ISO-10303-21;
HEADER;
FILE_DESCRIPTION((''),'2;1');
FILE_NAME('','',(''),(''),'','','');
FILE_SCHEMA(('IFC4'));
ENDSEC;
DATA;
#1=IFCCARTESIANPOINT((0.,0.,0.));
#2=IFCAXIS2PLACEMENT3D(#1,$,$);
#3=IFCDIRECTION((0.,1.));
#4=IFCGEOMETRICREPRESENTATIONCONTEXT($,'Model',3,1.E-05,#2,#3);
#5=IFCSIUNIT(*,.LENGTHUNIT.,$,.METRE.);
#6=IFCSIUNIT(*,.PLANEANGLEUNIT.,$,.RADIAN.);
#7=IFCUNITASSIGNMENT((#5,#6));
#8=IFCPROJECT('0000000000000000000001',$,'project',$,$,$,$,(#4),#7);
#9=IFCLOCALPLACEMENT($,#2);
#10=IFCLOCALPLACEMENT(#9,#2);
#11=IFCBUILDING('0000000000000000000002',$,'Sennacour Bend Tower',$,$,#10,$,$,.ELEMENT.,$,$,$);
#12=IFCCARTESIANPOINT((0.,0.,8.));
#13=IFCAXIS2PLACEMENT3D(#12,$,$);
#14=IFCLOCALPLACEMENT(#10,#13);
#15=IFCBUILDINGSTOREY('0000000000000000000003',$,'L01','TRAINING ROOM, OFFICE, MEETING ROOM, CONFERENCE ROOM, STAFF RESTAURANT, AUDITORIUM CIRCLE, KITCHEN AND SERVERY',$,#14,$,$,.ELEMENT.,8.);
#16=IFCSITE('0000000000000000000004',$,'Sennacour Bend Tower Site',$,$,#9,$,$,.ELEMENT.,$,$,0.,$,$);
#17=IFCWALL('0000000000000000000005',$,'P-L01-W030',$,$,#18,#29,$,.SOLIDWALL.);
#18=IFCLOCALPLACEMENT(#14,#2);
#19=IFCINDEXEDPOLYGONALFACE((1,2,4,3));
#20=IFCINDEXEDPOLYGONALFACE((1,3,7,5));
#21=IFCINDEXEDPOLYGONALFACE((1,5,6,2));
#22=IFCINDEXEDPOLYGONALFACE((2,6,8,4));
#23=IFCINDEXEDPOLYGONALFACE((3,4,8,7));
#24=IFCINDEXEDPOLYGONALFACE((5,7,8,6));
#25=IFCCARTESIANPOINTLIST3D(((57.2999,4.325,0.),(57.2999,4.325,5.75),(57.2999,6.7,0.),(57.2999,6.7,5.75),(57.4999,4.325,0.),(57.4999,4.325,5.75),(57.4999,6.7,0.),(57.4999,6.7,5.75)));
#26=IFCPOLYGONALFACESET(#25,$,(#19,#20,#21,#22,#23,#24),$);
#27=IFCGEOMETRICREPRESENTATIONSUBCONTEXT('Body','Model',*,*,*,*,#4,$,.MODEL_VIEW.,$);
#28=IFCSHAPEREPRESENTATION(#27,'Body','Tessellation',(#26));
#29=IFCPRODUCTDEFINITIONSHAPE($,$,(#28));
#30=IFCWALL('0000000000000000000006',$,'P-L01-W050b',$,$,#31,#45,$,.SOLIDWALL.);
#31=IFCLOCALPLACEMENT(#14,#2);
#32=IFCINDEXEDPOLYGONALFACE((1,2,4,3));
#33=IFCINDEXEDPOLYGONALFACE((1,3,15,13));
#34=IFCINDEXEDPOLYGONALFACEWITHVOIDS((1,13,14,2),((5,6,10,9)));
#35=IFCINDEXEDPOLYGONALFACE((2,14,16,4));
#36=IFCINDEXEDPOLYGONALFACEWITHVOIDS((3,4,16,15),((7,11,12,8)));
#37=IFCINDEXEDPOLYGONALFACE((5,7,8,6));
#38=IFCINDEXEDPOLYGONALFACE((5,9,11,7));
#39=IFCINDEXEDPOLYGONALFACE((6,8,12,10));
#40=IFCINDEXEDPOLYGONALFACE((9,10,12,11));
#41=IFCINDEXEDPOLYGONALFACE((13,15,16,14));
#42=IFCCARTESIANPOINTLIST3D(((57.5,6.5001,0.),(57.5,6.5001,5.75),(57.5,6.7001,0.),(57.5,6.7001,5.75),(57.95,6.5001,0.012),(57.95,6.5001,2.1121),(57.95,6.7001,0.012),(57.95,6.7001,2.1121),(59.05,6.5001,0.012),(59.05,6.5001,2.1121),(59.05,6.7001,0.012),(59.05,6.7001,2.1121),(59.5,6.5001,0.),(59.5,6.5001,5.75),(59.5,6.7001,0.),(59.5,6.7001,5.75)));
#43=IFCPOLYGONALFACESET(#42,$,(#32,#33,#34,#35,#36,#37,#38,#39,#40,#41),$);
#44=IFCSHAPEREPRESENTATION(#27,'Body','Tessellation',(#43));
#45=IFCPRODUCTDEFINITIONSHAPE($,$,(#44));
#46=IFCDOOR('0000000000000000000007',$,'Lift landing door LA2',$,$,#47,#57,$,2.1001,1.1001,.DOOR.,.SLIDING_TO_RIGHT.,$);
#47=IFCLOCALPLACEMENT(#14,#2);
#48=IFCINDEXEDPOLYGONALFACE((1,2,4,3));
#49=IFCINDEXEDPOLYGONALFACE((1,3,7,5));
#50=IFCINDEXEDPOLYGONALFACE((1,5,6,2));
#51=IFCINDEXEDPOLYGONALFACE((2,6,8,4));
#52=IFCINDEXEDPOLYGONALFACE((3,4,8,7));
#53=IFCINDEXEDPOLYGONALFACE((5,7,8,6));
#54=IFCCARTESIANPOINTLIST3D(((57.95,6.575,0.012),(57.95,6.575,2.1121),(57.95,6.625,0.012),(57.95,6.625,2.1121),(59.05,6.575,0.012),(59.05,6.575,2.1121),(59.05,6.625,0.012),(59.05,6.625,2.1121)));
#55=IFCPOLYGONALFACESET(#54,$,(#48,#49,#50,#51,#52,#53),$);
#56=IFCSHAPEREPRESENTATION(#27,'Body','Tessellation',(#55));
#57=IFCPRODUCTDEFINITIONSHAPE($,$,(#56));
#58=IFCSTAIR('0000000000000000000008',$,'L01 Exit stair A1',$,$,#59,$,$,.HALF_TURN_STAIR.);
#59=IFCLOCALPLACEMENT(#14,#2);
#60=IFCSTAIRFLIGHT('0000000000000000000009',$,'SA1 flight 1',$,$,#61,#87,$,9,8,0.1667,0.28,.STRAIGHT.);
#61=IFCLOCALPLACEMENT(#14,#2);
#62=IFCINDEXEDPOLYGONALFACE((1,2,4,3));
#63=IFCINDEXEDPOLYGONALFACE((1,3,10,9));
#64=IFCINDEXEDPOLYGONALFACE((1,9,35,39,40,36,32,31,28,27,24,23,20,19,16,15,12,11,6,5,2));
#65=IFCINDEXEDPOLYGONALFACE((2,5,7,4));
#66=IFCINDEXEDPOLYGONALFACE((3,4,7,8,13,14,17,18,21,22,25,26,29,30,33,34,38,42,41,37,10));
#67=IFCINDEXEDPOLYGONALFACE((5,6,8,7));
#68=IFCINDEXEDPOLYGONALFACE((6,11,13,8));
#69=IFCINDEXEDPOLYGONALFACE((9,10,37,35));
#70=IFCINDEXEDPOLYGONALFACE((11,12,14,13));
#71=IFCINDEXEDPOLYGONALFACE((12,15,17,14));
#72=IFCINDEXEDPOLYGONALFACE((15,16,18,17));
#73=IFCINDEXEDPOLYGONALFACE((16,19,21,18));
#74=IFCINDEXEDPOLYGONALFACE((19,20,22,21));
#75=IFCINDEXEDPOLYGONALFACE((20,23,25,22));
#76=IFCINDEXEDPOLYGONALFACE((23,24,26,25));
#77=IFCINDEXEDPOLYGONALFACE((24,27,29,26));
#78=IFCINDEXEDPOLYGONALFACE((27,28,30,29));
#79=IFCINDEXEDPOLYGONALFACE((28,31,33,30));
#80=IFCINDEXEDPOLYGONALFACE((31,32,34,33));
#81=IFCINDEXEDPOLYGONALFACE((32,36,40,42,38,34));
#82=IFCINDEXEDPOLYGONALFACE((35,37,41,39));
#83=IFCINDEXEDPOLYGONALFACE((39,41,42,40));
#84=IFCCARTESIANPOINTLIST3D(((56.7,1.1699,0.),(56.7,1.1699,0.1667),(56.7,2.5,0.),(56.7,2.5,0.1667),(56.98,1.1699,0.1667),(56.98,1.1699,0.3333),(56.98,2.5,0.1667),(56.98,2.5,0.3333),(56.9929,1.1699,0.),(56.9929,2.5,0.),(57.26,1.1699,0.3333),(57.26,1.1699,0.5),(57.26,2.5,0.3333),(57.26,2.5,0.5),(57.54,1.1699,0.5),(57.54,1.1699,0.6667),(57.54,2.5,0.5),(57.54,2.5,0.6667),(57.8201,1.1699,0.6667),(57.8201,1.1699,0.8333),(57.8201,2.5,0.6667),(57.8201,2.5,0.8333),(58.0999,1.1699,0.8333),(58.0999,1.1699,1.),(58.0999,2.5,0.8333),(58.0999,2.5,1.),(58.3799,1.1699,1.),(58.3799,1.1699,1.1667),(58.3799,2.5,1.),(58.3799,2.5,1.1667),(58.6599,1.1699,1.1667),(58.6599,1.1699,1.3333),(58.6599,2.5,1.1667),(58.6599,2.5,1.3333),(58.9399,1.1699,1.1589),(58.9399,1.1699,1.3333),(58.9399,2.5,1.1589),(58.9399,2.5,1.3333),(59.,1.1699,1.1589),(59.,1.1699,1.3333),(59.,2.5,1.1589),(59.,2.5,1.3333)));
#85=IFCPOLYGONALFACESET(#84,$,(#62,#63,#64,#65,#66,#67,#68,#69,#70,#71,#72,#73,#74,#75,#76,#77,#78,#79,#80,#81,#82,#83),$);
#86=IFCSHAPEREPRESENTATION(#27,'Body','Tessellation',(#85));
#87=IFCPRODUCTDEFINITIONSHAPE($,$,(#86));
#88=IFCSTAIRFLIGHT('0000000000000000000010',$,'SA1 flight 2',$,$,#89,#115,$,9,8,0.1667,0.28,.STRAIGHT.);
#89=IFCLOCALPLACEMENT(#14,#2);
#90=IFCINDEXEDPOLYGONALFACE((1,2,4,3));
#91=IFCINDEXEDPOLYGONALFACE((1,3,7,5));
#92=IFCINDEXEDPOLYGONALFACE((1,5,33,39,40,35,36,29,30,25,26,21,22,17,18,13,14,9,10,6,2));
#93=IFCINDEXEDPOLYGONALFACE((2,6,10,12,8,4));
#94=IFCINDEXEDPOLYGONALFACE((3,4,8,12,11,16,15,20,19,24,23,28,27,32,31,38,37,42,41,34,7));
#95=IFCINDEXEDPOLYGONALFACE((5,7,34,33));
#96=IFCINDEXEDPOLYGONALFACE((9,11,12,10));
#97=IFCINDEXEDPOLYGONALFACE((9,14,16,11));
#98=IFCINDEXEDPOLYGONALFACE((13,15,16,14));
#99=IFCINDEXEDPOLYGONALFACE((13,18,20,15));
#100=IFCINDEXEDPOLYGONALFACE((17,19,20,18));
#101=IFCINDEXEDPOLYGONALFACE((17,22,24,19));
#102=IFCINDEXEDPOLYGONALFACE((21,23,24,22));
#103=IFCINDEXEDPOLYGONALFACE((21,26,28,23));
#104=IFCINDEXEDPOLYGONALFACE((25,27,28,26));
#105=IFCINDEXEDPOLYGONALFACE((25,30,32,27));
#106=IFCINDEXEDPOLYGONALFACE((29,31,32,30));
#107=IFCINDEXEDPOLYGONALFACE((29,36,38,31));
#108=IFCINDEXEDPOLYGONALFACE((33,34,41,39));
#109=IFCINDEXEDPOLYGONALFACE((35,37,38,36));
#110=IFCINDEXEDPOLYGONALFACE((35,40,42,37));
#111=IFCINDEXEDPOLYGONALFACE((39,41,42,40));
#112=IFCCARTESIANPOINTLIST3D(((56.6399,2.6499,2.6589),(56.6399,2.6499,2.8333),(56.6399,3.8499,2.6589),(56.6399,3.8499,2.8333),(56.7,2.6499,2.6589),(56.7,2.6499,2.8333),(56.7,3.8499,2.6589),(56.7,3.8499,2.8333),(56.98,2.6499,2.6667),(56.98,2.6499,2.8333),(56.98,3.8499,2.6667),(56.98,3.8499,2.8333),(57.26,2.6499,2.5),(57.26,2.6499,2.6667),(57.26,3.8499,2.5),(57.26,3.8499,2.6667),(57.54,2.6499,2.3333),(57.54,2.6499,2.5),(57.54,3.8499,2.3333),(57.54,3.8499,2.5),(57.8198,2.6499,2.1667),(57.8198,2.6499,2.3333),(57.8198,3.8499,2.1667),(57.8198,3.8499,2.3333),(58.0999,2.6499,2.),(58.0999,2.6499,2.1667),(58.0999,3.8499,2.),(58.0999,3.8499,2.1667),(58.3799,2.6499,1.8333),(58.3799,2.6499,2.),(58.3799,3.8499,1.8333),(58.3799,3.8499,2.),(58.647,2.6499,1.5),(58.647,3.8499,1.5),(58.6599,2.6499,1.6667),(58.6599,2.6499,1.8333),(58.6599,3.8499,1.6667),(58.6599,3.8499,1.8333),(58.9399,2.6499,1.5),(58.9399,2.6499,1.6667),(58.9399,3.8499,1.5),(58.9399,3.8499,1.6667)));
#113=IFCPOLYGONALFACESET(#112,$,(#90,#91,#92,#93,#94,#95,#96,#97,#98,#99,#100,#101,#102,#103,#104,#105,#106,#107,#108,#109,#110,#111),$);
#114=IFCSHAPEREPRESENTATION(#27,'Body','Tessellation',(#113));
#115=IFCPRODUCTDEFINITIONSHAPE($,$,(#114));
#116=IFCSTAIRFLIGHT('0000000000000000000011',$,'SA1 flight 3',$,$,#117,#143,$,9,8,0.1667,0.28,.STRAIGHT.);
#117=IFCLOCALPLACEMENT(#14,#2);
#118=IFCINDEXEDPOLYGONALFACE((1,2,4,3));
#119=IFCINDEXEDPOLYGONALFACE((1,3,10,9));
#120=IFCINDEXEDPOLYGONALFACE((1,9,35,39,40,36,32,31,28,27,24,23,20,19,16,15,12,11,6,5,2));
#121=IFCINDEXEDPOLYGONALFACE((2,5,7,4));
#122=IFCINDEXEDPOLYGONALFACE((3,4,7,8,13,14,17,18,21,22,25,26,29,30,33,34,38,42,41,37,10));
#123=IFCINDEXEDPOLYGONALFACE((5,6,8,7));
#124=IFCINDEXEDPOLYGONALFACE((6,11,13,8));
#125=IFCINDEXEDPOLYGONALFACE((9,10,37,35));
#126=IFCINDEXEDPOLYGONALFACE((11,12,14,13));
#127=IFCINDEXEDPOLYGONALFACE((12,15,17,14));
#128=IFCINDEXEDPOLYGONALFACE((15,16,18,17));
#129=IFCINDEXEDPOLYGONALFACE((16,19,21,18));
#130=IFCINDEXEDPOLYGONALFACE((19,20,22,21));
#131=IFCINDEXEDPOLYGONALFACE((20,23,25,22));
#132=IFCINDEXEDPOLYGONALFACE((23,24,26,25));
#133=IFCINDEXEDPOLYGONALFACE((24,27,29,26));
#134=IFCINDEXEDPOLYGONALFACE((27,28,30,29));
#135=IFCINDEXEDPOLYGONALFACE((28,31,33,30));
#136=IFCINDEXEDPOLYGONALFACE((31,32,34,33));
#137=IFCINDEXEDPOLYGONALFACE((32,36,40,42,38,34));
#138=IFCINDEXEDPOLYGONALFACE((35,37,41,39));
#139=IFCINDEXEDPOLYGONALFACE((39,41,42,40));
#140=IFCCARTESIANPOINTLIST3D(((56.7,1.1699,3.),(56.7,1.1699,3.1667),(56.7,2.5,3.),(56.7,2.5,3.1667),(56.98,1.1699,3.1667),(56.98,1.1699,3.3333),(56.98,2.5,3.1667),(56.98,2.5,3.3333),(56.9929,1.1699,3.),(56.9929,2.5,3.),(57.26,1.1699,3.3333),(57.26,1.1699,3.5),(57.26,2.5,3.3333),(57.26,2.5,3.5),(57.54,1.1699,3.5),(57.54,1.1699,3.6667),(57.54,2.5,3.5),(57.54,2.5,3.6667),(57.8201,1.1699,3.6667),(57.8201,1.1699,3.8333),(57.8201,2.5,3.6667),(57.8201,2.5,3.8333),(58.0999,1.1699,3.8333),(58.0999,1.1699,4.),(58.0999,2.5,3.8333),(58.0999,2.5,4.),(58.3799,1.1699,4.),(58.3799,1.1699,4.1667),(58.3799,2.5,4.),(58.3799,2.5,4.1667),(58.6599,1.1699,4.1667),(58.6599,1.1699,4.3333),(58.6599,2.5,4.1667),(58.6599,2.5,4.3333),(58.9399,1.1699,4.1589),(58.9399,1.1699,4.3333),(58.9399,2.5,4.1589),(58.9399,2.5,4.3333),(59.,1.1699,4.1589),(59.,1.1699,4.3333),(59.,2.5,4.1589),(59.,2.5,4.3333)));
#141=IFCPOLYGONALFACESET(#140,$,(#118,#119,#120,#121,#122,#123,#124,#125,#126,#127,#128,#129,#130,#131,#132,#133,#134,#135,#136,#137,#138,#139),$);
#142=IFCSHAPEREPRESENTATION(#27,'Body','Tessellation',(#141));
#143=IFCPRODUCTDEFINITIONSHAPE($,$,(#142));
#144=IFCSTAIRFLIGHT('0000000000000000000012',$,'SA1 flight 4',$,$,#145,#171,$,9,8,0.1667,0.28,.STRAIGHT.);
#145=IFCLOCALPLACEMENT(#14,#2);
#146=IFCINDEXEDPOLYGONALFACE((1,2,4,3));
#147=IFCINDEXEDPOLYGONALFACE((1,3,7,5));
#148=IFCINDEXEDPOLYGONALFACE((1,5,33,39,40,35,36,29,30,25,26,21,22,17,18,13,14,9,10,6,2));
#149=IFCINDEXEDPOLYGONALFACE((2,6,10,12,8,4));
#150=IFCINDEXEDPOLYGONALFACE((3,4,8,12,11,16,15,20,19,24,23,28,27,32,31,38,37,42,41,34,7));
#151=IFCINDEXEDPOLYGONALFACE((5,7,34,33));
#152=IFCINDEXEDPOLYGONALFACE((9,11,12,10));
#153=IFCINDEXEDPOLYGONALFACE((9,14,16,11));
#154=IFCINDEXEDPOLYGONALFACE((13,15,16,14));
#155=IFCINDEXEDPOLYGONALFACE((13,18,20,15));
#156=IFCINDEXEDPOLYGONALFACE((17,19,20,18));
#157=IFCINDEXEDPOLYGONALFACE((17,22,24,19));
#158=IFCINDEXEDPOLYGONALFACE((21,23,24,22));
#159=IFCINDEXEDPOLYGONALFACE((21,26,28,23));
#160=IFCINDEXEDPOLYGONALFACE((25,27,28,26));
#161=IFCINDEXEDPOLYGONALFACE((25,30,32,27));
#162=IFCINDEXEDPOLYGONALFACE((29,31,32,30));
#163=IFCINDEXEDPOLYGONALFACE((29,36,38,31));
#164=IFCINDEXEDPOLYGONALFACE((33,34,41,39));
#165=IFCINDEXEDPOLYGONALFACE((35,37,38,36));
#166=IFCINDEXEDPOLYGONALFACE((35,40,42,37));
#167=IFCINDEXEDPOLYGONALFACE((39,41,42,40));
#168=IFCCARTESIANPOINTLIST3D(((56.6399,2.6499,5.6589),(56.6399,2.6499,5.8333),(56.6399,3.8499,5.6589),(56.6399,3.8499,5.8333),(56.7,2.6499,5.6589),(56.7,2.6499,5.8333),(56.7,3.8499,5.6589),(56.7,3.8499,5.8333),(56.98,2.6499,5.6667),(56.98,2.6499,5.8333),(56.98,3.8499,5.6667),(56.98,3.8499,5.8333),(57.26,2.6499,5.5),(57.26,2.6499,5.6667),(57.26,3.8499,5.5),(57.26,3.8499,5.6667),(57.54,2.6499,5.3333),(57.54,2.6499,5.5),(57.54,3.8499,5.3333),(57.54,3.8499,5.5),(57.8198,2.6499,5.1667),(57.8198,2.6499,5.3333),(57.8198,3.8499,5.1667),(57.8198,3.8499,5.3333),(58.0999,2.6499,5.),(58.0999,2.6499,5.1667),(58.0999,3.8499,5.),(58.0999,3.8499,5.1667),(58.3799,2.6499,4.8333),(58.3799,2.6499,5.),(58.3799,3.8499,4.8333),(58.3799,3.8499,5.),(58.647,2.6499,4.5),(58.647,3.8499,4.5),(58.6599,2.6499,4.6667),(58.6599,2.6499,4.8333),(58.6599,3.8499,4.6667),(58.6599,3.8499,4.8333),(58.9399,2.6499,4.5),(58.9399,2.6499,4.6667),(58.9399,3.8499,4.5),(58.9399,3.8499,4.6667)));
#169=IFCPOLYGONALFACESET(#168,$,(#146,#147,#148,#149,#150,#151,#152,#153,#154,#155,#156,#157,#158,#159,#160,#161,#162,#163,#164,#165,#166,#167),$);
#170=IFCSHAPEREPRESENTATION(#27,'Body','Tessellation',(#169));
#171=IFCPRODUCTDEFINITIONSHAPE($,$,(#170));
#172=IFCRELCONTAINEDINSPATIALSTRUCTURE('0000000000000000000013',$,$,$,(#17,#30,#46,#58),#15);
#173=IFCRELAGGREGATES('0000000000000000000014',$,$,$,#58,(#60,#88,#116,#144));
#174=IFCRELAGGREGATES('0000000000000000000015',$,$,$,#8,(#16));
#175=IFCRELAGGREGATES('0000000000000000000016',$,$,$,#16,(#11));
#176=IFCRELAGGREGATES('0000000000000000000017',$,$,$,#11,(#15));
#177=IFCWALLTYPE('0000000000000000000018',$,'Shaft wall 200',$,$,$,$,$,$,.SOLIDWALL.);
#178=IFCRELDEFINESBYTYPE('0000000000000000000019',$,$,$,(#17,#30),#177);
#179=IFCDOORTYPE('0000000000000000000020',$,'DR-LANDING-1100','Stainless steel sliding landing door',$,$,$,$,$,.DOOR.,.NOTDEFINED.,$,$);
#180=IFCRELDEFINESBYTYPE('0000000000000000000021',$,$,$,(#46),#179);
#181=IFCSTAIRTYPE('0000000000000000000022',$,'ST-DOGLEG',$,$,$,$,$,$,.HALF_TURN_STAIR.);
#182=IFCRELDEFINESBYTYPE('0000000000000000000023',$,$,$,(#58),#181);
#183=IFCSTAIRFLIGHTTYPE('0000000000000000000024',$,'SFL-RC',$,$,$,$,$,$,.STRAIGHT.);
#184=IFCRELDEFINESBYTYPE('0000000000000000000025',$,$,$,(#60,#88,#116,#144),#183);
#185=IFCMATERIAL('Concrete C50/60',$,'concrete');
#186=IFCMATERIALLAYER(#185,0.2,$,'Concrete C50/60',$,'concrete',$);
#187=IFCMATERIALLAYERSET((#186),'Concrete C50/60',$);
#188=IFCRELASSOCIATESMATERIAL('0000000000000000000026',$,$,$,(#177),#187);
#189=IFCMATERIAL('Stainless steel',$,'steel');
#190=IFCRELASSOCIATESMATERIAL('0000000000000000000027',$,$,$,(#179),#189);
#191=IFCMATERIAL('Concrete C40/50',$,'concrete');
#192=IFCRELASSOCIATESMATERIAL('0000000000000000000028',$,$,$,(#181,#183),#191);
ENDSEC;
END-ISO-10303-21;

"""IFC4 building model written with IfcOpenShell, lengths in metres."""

from ifc_helpers import new_model, si_unit, direction, frame, frame_2d, origin, place, context, subcontext, project, spatial, polyline, rectangle, outline, extrude, material, layer, layer_set, type_object, element, fill, aggregate, save


model = new_model("IFC4")

# Units and contexts
model_context = context("Model", 3, precision=1e-05, world=origin(), true_north=direction((0.0, 1.0)))
body_context = subcontext(model_context, "Body", "Model", "MODEL_VIEW")
ifc_project = project(units=[si_unit("LENGTHUNIT", "METRE"), si_unit("PLANEANGLEUNIT", "RADIAN")], contexts=[model_context])

# Site, building, storey
site_placement = place(None, origin())
site = spatial("IfcSite", under=ifc_project, at=site_placement, Name="Sennacour Bend Tower Site", CompositionType="ELEMENT", RefElevation=0.0)
building_placement = place(site_placement, origin())
building = spatial("IfcBuilding", under=site, at=building_placement, Name="Sennacour Bend Tower", CompositionType="ELEMENT")
storey_placement = place(building_placement, frame((0.0, 0.0, 8.0)))
storey = spatial("IfcBuildingStorey", under=building, at=storey_placement, Name="L01", Description="TRAINING ROOM, OFFICE, MEETING ROOM, CONFERENCE ROOM, STAFF RESTAURANT, AUDITORIUM CIRCLE, KITCHEN AND SERVERY", CompositionType="ELEMENT", Elevation=8.0)

# Wall
ifc_material_1 = material(Name="Concrete C50/60", Category="concrete")
ifc_layer = layer(ifc_material_1, 0.2, Name="Concrete C50/60", Category="concrete")
ifc_layer_set = layer_set([ifc_layer], Name="Concrete C50/60")
wall_type = type_object("IfcWallType", Name="Shaft wall 200", PredefinedType="SOLIDWALL", material=ifc_layer_set)
wall_1_placement = place(storey_placement, frame((57.3999, 4.325, 0.0), z_axis=(0.0, 0.0, 1.0), x_axis=(0.0, 1.0, 0.0)))
element("IfcWall", 1, at=wall_1_placement, inside=storey, type_object=wall_type, Name="P-L01-W030", PredefinedType="SOLIDWALL", context=body_context, shape_type="SweptSolid", body=[
    extrude(rectangle(XDim=2.375, YDim=0.2, at=frame_2d((1.1875, 0.0))), origin(), (0.0, 0.0, 1.0), 5.75),
])

# Wall, opening, door
wall_2_placement = place(storey_placement, frame((57.5, 6.6001, 0.0), z_axis=(0.0, 0.0, 1.0), x_axis=(1.0, 0.0, 0.0)))
wall_2 = element("IfcWall", 2, at=wall_2_placement, inside=storey, type_object=wall_type, Name="P-L01-W050b", PredefinedType="SOLIDWALL", context=body_context, shape_type="SweptSolid", body=[
    extrude(rectangle(XDim=2.0, YDim=0.2, at=frame_2d((1.0, 0.0))), origin(), (0.0, 0.0, 1.0), 5.75),
])
opening_placement = place(wall_2_placement, frame((0.45, 0.0, 0.012)))
opening = element("IfcOpeningElement", 3, at=opening_placement, cuts=wall_2, PredefinedType="OPENING", context=body_context, shape_type="SweptSolid", body=[
    extrude(rectangle(XDim=1.1001, YDim=2.1001, at=frame_2d((0.55, 1.05))), frame((0.0, 0.1099, 0.0), z_axis=(0.0, -1.0, 0.0), x_axis=(1.0, 0.0, 0.0)), (0.0, 0.0, 1.0), 0.22),
])
ifc_material_2 = material(Name="Stainless steel", Category="steel")
door_type = type_object("IfcDoorType", Name="DR-LANDING-1100", Description="Stainless steel sliding landing door", OperationType="NOTDEFINED", PredefinedType="DOOR", material=ifc_material_2)
door_placement = place(opening_placement, origin())
door = element("IfcDoor", 4, at=door_placement, inside=storey, type_object=door_type, Name="Lift landing door LA2", OperationType="SLIDING_TO_RIGHT", OverallHeight=2.1001, OverallWidth=1.1001, PredefinedType="DOOR", context=body_context, shape_type="SweptSolid", body=[
    extrude(rectangle(XDim=1.1001, YDim=2.1001, at=frame_2d((0.55, 1.05))), frame((0.0, 0.0249, 0.0), z_axis=(0.0, -1.0, 0.0), x_axis=(1.0, 0.0, 0.0)), (0.0, 0.0, 1.0), 0.05),
])
fill(opening, door)

# Stair, stair flights
ifc_material_3 = material(Name="Concrete C40/50", Category="concrete")
stair_type = type_object("IfcStairType", Name="ST-DOGLEG", PredefinedType="HALF_TURN_STAIR", material=ifc_material_3)
stair_placement = place(storey_placement, origin())
stair = element("IfcStair", 5, at=stair_placement, inside=storey, type_object=stair_type, Name="L01 Exit stair A1", PredefinedType="HALF_TURN_STAIR")
stair_flight_type = type_object("IfcStairFlightType", Name="SFL-RC", PredefinedType="STRAIGHT", material=ifc_material_3)
stair_flight_1_placement = place(storey_placement, frame((56.7, 1.835, 0.0), z_axis=(0.0, 0.0, 1.0), x_axis=(1.0, 0.0, 0.0)))
stair_flight_1 = element("IfcStairFlight", 6, at=stair_flight_1_placement, type_object=stair_flight_type, Name="SA1 flight 1", NumberOfRisers=9, NumberOfTreads=8, PredefinedType="STRAIGHT", RiserHeight=0.1667, TreadLength=0.28, context=body_context, shape_type="SweptSolid", body=[
    extrude(outline(polyline([(0.0, 0.0), (0.0, 0.1667), (0.28, 0.1667), (0.28, 0.3333), (0.5601, 0.3333), (0.5601, 0.5), (0.8401, 0.5), (0.8401, 0.6667), (1.1201, 0.6667), (1.1201, 0.8333), (1.3999, 0.8333), (1.3999, 1.0), (1.6799, 1.0), (1.6799, 1.1667), (1.96, 1.1667), (1.96, 1.3333), (2.24, 1.3333), (2.3, 1.3333), (2.3, 1.1589), (2.24, 1.1589), (0.293, 0.0), (0.0, 0.0)])), frame((0.0, 0.665, 0.0), z_axis=(0.0, -1.0, 0.0), x_axis=(1.0, 0.0, 0.0)), (0.0, 0.0, 1.0), 1.3301),
])
stair_flight_2_placement = place(storey_placement, frame((58.9399, 3.25, 1.5), z_axis=(0.0, 0.0, 1.0), x_axis=(-1.0, 0.0, 0.0)))
stair_flight_2 = element("IfcStairFlight", 7, at=stair_flight_2_placement, type_object=stair_flight_type, Name="SA1 flight 2", NumberOfRisers=9, NumberOfTreads=8, PredefinedType="STRAIGHT", RiserHeight=0.1667, TreadLength=0.28, context=body_context, shape_type="SweptSolid", body=[
    extrude(outline(polyline([(0.0, 0.0), (0.0, 0.1667), (0.28, 0.1667), (0.28, 0.3333), (0.5601, 0.3333), (0.5601, 0.5), (0.8401, 0.5), (0.8401, 0.6667), (1.1201, 0.6667), (1.1201, 0.8333), (1.3999, 0.8333), (1.3999, 1.0), (1.6799, 1.0), (1.6799, 1.1667), (1.96, 1.1667), (1.96, 1.3333), (2.24, 1.3333), (2.3, 1.3333), (2.3, 1.1589), (2.24, 1.1589), (0.293, 0.0), (0.0, 0.0)])), frame((0.0, 0.6001, 0.0), z_axis=(0.0, -1.0, 0.0), x_axis=(1.0, 0.0, 0.0)), (0.0, 0.0, 1.0), 1.2),
])
stair_flight_3_placement = place(storey_placement, frame((56.7, 1.835, 3.0), z_axis=(0.0, 0.0, 1.0), x_axis=(1.0, 0.0, 0.0)))
stair_flight_3 = element("IfcStairFlight", 8, at=stair_flight_3_placement, type_object=stair_flight_type, Name="SA1 flight 3", NumberOfRisers=9, NumberOfTreads=8, PredefinedType="STRAIGHT", RiserHeight=0.1667, TreadLength=0.28, context=body_context, shape_type="SweptSolid", body=[
    extrude(outline(polyline([(0.0, 0.0), (0.0, 0.1667), (0.28, 0.1667), (0.28, 0.3333), (0.5601, 0.3333), (0.5601, 0.5), (0.8401, 0.5), (0.8401, 0.6667), (1.1201, 0.6667), (1.1201, 0.8333), (1.3999, 0.8333), (1.3999, 1.0), (1.6799, 1.0), (1.6799, 1.1667), (1.96, 1.1667), (1.96, 1.3333), (2.24, 1.3333), (2.3, 1.3333), (2.3, 1.1589), (2.24, 1.1589), (0.293, 0.0), (0.0, 0.0)])), frame((0.0, 0.665, 0.0), z_axis=(0.0, -1.0, 0.0), x_axis=(1.0, 0.0, 0.0)), (0.0, 0.0, 1.0), 1.3301),
])
stair_flight_4_placement = place(storey_placement, frame((58.9399, 3.25, 4.5), z_axis=(0.0, 0.0, 1.0), x_axis=(-1.0, 0.0, 0.0)))
stair_flight_4 = element("IfcStairFlight", 9, at=stair_flight_4_placement, type_object=stair_flight_type, Name="SA1 flight 4", NumberOfRisers=9, NumberOfTreads=8, PredefinedType="STRAIGHT", RiserHeight=0.1667, TreadLength=0.28, context=body_context, shape_type="SweptSolid", body=[
    extrude(outline(polyline([(0.0, 0.0), (0.0, 0.1667), (0.28, 0.1667), (0.28, 0.3333), (0.5601, 0.3333), (0.5601, 0.5), (0.8401, 0.5), (0.8401, 0.6667), (1.1201, 0.6667), (1.1201, 0.8333), (1.3999, 0.8333), (1.3999, 1.0), (1.6799, 1.0), (1.6799, 1.1667), (1.96, 1.1667), (1.96, 1.3333), (2.24, 1.3333), (2.3, 1.3333), (2.3, 1.1589), (2.24, 1.1589), (0.293, 0.0), (0.0, 0.0)])), frame((0.0, 0.6001, 0.0), z_axis=(0.0, -1.0, 0.0), x_axis=(1.0, 0.0, 0.0)), (0.0, 0.0, 1.0), 1.2),
])
aggregate(stair, [stair_flight_1, stair_flight_2, stair_flight_3, stair_flight_4])

save(model, "model.ifc")
